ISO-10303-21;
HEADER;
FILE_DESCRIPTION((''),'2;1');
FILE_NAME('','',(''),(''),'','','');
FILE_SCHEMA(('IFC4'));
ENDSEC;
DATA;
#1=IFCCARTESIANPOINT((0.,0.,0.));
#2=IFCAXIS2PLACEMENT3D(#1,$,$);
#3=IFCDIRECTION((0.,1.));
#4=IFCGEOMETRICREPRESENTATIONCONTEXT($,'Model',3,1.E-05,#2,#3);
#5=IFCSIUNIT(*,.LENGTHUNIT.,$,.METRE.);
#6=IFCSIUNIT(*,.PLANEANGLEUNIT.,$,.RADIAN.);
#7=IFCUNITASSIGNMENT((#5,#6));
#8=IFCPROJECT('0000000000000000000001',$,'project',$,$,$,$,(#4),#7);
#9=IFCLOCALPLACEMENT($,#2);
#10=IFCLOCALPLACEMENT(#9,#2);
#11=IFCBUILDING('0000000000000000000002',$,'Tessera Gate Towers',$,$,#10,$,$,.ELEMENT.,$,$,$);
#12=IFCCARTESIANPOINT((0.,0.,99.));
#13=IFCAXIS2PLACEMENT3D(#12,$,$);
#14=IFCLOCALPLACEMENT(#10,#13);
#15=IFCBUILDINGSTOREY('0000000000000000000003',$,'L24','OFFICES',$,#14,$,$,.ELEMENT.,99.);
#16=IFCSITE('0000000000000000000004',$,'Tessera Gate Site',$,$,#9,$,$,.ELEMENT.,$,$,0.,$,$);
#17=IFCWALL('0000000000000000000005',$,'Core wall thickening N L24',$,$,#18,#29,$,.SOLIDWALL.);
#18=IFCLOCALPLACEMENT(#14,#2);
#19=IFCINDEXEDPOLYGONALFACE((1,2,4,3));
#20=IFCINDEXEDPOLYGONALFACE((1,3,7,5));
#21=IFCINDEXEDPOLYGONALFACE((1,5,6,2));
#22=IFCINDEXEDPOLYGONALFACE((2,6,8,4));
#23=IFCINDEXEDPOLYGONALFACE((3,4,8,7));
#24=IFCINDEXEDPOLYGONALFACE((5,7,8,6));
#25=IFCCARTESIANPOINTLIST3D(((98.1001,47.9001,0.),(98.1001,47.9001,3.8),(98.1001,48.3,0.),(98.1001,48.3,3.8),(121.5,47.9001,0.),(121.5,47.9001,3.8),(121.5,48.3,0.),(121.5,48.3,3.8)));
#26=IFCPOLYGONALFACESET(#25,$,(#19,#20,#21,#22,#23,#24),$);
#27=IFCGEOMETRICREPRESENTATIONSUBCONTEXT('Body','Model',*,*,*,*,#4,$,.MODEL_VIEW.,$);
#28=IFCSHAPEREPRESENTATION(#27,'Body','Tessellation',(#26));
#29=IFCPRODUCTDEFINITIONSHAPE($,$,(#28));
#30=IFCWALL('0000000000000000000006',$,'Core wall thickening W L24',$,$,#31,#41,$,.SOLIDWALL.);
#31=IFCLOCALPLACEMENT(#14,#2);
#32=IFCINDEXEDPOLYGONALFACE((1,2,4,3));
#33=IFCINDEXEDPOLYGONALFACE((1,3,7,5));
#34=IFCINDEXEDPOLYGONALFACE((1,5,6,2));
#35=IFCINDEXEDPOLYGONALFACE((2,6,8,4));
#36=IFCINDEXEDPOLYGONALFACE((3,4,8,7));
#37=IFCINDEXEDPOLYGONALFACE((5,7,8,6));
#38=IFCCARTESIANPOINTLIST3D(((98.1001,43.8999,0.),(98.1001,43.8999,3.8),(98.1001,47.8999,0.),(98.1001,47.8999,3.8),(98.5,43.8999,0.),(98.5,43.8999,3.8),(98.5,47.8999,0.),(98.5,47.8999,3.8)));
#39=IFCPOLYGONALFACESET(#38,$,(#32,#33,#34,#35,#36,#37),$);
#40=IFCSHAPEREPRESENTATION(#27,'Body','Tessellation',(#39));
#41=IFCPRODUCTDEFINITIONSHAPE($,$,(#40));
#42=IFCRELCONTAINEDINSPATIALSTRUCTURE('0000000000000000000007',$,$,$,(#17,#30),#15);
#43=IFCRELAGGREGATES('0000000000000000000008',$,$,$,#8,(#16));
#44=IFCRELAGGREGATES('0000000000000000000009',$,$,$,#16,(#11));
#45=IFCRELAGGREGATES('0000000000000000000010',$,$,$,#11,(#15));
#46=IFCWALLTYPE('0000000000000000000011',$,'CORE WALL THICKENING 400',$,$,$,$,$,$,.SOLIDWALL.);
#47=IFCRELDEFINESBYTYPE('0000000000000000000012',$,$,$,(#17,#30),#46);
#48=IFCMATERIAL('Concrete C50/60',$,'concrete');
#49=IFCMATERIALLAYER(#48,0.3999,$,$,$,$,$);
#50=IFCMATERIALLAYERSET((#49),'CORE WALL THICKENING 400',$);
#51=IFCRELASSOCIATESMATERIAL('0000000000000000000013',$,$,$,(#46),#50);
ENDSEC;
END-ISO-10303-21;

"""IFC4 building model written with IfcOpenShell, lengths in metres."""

from ifc_helpers import new_model, si_unit, direction, frame, frame_2d, origin, place, context, subcontext, project, spatial, rectangle, extrude, material, layer, layer_set, type_object, element, save


model = new_model("IFC4")

# Units and contexts
model_context = context("Model", 3, precision=1e-05, world=origin(), true_north=direction((0.0, 1.0)))
body_context = subcontext(model_context, "Body", "Model", "MODEL_VIEW")
ifc_project = project(units=[si_unit("LENGTHUNIT", "METRE"), si_unit("PLANEANGLEUNIT", "RADIAN")], contexts=[model_context])

# Site, building, storey
site_placement = place(None, origin())
site = spatial("IfcSite", under=ifc_project, at=site_placement, Name="Tessera Gate Site", CompositionType="ELEMENT", RefElevation=0.0)
building_placement = place(site_placement, origin())
building = spatial("IfcBuilding", under=site, at=building_placement, Name="Tessera Gate Towers", CompositionType="ELEMENT")
storey_placement = place(building_placement, frame((0.0, 0.0, 99.0)))
storey = spatial("IfcBuildingStorey", under=building, at=storey_placement, Name="L24", Description="OFFICES", CompositionType="ELEMENT", Elevation=99.0)

# Walls
ifc_material_1 = material(Name="Concrete C50/60", Category="concrete")
ifc_layer_1 = layer(ifc_material_1, 0.3999)
ifc_layer_set_1 = layer_set([ifc_layer_1], Name="CORE WALL THICKENING 400")
wall_type_1 = type_object("IfcWallType", Name="CORE WALL THICKENING 400", PredefinedType="SOLIDWALL", material=ifc_layer_set_1)
wall_1_placement = place(storey_placement, frame((98.1001, 48.1001, 0.0), z_axis=(0.0, 0.0, 1.0), x_axis=(1.0, 0.0, 0.0)))
element("IfcWall", 1, at=wall_1_placement, inside=storey, type_object=wall_type_1, Name="Core wall thickening N L24", PredefinedType="SOLIDWALL", context=body_context, shape_type="SweptSolid", body=[
    extrude(rectangle(XDim=23.3999, YDim=0.3999, at=frame_2d((11.7, 0.0))), origin(), (0.0, 0.0, 1.0), 3.8),
])
wall_2_placement = place(storey_placement, frame((98.3, 43.8999, 0.0), z_axis=(0.0, 0.0, 1.0), x_axis=(0.0, 1.0, 0.0)))
element("IfcWall", 2, at=wall_2_placement, inside=storey, type_object=wall_type_1, Name="Core wall thickening W L24", PredefinedType="SOLIDWALL", context=body_context, shape_type="SweptSolid", body=[
    extrude(rectangle(XDim=4.0, YDim=0.3999, at=frame_2d((2.0, 0.0))), origin(), (0.0, 0.0, 1.0), 3.8),
])

save(model, "model.ifc")
